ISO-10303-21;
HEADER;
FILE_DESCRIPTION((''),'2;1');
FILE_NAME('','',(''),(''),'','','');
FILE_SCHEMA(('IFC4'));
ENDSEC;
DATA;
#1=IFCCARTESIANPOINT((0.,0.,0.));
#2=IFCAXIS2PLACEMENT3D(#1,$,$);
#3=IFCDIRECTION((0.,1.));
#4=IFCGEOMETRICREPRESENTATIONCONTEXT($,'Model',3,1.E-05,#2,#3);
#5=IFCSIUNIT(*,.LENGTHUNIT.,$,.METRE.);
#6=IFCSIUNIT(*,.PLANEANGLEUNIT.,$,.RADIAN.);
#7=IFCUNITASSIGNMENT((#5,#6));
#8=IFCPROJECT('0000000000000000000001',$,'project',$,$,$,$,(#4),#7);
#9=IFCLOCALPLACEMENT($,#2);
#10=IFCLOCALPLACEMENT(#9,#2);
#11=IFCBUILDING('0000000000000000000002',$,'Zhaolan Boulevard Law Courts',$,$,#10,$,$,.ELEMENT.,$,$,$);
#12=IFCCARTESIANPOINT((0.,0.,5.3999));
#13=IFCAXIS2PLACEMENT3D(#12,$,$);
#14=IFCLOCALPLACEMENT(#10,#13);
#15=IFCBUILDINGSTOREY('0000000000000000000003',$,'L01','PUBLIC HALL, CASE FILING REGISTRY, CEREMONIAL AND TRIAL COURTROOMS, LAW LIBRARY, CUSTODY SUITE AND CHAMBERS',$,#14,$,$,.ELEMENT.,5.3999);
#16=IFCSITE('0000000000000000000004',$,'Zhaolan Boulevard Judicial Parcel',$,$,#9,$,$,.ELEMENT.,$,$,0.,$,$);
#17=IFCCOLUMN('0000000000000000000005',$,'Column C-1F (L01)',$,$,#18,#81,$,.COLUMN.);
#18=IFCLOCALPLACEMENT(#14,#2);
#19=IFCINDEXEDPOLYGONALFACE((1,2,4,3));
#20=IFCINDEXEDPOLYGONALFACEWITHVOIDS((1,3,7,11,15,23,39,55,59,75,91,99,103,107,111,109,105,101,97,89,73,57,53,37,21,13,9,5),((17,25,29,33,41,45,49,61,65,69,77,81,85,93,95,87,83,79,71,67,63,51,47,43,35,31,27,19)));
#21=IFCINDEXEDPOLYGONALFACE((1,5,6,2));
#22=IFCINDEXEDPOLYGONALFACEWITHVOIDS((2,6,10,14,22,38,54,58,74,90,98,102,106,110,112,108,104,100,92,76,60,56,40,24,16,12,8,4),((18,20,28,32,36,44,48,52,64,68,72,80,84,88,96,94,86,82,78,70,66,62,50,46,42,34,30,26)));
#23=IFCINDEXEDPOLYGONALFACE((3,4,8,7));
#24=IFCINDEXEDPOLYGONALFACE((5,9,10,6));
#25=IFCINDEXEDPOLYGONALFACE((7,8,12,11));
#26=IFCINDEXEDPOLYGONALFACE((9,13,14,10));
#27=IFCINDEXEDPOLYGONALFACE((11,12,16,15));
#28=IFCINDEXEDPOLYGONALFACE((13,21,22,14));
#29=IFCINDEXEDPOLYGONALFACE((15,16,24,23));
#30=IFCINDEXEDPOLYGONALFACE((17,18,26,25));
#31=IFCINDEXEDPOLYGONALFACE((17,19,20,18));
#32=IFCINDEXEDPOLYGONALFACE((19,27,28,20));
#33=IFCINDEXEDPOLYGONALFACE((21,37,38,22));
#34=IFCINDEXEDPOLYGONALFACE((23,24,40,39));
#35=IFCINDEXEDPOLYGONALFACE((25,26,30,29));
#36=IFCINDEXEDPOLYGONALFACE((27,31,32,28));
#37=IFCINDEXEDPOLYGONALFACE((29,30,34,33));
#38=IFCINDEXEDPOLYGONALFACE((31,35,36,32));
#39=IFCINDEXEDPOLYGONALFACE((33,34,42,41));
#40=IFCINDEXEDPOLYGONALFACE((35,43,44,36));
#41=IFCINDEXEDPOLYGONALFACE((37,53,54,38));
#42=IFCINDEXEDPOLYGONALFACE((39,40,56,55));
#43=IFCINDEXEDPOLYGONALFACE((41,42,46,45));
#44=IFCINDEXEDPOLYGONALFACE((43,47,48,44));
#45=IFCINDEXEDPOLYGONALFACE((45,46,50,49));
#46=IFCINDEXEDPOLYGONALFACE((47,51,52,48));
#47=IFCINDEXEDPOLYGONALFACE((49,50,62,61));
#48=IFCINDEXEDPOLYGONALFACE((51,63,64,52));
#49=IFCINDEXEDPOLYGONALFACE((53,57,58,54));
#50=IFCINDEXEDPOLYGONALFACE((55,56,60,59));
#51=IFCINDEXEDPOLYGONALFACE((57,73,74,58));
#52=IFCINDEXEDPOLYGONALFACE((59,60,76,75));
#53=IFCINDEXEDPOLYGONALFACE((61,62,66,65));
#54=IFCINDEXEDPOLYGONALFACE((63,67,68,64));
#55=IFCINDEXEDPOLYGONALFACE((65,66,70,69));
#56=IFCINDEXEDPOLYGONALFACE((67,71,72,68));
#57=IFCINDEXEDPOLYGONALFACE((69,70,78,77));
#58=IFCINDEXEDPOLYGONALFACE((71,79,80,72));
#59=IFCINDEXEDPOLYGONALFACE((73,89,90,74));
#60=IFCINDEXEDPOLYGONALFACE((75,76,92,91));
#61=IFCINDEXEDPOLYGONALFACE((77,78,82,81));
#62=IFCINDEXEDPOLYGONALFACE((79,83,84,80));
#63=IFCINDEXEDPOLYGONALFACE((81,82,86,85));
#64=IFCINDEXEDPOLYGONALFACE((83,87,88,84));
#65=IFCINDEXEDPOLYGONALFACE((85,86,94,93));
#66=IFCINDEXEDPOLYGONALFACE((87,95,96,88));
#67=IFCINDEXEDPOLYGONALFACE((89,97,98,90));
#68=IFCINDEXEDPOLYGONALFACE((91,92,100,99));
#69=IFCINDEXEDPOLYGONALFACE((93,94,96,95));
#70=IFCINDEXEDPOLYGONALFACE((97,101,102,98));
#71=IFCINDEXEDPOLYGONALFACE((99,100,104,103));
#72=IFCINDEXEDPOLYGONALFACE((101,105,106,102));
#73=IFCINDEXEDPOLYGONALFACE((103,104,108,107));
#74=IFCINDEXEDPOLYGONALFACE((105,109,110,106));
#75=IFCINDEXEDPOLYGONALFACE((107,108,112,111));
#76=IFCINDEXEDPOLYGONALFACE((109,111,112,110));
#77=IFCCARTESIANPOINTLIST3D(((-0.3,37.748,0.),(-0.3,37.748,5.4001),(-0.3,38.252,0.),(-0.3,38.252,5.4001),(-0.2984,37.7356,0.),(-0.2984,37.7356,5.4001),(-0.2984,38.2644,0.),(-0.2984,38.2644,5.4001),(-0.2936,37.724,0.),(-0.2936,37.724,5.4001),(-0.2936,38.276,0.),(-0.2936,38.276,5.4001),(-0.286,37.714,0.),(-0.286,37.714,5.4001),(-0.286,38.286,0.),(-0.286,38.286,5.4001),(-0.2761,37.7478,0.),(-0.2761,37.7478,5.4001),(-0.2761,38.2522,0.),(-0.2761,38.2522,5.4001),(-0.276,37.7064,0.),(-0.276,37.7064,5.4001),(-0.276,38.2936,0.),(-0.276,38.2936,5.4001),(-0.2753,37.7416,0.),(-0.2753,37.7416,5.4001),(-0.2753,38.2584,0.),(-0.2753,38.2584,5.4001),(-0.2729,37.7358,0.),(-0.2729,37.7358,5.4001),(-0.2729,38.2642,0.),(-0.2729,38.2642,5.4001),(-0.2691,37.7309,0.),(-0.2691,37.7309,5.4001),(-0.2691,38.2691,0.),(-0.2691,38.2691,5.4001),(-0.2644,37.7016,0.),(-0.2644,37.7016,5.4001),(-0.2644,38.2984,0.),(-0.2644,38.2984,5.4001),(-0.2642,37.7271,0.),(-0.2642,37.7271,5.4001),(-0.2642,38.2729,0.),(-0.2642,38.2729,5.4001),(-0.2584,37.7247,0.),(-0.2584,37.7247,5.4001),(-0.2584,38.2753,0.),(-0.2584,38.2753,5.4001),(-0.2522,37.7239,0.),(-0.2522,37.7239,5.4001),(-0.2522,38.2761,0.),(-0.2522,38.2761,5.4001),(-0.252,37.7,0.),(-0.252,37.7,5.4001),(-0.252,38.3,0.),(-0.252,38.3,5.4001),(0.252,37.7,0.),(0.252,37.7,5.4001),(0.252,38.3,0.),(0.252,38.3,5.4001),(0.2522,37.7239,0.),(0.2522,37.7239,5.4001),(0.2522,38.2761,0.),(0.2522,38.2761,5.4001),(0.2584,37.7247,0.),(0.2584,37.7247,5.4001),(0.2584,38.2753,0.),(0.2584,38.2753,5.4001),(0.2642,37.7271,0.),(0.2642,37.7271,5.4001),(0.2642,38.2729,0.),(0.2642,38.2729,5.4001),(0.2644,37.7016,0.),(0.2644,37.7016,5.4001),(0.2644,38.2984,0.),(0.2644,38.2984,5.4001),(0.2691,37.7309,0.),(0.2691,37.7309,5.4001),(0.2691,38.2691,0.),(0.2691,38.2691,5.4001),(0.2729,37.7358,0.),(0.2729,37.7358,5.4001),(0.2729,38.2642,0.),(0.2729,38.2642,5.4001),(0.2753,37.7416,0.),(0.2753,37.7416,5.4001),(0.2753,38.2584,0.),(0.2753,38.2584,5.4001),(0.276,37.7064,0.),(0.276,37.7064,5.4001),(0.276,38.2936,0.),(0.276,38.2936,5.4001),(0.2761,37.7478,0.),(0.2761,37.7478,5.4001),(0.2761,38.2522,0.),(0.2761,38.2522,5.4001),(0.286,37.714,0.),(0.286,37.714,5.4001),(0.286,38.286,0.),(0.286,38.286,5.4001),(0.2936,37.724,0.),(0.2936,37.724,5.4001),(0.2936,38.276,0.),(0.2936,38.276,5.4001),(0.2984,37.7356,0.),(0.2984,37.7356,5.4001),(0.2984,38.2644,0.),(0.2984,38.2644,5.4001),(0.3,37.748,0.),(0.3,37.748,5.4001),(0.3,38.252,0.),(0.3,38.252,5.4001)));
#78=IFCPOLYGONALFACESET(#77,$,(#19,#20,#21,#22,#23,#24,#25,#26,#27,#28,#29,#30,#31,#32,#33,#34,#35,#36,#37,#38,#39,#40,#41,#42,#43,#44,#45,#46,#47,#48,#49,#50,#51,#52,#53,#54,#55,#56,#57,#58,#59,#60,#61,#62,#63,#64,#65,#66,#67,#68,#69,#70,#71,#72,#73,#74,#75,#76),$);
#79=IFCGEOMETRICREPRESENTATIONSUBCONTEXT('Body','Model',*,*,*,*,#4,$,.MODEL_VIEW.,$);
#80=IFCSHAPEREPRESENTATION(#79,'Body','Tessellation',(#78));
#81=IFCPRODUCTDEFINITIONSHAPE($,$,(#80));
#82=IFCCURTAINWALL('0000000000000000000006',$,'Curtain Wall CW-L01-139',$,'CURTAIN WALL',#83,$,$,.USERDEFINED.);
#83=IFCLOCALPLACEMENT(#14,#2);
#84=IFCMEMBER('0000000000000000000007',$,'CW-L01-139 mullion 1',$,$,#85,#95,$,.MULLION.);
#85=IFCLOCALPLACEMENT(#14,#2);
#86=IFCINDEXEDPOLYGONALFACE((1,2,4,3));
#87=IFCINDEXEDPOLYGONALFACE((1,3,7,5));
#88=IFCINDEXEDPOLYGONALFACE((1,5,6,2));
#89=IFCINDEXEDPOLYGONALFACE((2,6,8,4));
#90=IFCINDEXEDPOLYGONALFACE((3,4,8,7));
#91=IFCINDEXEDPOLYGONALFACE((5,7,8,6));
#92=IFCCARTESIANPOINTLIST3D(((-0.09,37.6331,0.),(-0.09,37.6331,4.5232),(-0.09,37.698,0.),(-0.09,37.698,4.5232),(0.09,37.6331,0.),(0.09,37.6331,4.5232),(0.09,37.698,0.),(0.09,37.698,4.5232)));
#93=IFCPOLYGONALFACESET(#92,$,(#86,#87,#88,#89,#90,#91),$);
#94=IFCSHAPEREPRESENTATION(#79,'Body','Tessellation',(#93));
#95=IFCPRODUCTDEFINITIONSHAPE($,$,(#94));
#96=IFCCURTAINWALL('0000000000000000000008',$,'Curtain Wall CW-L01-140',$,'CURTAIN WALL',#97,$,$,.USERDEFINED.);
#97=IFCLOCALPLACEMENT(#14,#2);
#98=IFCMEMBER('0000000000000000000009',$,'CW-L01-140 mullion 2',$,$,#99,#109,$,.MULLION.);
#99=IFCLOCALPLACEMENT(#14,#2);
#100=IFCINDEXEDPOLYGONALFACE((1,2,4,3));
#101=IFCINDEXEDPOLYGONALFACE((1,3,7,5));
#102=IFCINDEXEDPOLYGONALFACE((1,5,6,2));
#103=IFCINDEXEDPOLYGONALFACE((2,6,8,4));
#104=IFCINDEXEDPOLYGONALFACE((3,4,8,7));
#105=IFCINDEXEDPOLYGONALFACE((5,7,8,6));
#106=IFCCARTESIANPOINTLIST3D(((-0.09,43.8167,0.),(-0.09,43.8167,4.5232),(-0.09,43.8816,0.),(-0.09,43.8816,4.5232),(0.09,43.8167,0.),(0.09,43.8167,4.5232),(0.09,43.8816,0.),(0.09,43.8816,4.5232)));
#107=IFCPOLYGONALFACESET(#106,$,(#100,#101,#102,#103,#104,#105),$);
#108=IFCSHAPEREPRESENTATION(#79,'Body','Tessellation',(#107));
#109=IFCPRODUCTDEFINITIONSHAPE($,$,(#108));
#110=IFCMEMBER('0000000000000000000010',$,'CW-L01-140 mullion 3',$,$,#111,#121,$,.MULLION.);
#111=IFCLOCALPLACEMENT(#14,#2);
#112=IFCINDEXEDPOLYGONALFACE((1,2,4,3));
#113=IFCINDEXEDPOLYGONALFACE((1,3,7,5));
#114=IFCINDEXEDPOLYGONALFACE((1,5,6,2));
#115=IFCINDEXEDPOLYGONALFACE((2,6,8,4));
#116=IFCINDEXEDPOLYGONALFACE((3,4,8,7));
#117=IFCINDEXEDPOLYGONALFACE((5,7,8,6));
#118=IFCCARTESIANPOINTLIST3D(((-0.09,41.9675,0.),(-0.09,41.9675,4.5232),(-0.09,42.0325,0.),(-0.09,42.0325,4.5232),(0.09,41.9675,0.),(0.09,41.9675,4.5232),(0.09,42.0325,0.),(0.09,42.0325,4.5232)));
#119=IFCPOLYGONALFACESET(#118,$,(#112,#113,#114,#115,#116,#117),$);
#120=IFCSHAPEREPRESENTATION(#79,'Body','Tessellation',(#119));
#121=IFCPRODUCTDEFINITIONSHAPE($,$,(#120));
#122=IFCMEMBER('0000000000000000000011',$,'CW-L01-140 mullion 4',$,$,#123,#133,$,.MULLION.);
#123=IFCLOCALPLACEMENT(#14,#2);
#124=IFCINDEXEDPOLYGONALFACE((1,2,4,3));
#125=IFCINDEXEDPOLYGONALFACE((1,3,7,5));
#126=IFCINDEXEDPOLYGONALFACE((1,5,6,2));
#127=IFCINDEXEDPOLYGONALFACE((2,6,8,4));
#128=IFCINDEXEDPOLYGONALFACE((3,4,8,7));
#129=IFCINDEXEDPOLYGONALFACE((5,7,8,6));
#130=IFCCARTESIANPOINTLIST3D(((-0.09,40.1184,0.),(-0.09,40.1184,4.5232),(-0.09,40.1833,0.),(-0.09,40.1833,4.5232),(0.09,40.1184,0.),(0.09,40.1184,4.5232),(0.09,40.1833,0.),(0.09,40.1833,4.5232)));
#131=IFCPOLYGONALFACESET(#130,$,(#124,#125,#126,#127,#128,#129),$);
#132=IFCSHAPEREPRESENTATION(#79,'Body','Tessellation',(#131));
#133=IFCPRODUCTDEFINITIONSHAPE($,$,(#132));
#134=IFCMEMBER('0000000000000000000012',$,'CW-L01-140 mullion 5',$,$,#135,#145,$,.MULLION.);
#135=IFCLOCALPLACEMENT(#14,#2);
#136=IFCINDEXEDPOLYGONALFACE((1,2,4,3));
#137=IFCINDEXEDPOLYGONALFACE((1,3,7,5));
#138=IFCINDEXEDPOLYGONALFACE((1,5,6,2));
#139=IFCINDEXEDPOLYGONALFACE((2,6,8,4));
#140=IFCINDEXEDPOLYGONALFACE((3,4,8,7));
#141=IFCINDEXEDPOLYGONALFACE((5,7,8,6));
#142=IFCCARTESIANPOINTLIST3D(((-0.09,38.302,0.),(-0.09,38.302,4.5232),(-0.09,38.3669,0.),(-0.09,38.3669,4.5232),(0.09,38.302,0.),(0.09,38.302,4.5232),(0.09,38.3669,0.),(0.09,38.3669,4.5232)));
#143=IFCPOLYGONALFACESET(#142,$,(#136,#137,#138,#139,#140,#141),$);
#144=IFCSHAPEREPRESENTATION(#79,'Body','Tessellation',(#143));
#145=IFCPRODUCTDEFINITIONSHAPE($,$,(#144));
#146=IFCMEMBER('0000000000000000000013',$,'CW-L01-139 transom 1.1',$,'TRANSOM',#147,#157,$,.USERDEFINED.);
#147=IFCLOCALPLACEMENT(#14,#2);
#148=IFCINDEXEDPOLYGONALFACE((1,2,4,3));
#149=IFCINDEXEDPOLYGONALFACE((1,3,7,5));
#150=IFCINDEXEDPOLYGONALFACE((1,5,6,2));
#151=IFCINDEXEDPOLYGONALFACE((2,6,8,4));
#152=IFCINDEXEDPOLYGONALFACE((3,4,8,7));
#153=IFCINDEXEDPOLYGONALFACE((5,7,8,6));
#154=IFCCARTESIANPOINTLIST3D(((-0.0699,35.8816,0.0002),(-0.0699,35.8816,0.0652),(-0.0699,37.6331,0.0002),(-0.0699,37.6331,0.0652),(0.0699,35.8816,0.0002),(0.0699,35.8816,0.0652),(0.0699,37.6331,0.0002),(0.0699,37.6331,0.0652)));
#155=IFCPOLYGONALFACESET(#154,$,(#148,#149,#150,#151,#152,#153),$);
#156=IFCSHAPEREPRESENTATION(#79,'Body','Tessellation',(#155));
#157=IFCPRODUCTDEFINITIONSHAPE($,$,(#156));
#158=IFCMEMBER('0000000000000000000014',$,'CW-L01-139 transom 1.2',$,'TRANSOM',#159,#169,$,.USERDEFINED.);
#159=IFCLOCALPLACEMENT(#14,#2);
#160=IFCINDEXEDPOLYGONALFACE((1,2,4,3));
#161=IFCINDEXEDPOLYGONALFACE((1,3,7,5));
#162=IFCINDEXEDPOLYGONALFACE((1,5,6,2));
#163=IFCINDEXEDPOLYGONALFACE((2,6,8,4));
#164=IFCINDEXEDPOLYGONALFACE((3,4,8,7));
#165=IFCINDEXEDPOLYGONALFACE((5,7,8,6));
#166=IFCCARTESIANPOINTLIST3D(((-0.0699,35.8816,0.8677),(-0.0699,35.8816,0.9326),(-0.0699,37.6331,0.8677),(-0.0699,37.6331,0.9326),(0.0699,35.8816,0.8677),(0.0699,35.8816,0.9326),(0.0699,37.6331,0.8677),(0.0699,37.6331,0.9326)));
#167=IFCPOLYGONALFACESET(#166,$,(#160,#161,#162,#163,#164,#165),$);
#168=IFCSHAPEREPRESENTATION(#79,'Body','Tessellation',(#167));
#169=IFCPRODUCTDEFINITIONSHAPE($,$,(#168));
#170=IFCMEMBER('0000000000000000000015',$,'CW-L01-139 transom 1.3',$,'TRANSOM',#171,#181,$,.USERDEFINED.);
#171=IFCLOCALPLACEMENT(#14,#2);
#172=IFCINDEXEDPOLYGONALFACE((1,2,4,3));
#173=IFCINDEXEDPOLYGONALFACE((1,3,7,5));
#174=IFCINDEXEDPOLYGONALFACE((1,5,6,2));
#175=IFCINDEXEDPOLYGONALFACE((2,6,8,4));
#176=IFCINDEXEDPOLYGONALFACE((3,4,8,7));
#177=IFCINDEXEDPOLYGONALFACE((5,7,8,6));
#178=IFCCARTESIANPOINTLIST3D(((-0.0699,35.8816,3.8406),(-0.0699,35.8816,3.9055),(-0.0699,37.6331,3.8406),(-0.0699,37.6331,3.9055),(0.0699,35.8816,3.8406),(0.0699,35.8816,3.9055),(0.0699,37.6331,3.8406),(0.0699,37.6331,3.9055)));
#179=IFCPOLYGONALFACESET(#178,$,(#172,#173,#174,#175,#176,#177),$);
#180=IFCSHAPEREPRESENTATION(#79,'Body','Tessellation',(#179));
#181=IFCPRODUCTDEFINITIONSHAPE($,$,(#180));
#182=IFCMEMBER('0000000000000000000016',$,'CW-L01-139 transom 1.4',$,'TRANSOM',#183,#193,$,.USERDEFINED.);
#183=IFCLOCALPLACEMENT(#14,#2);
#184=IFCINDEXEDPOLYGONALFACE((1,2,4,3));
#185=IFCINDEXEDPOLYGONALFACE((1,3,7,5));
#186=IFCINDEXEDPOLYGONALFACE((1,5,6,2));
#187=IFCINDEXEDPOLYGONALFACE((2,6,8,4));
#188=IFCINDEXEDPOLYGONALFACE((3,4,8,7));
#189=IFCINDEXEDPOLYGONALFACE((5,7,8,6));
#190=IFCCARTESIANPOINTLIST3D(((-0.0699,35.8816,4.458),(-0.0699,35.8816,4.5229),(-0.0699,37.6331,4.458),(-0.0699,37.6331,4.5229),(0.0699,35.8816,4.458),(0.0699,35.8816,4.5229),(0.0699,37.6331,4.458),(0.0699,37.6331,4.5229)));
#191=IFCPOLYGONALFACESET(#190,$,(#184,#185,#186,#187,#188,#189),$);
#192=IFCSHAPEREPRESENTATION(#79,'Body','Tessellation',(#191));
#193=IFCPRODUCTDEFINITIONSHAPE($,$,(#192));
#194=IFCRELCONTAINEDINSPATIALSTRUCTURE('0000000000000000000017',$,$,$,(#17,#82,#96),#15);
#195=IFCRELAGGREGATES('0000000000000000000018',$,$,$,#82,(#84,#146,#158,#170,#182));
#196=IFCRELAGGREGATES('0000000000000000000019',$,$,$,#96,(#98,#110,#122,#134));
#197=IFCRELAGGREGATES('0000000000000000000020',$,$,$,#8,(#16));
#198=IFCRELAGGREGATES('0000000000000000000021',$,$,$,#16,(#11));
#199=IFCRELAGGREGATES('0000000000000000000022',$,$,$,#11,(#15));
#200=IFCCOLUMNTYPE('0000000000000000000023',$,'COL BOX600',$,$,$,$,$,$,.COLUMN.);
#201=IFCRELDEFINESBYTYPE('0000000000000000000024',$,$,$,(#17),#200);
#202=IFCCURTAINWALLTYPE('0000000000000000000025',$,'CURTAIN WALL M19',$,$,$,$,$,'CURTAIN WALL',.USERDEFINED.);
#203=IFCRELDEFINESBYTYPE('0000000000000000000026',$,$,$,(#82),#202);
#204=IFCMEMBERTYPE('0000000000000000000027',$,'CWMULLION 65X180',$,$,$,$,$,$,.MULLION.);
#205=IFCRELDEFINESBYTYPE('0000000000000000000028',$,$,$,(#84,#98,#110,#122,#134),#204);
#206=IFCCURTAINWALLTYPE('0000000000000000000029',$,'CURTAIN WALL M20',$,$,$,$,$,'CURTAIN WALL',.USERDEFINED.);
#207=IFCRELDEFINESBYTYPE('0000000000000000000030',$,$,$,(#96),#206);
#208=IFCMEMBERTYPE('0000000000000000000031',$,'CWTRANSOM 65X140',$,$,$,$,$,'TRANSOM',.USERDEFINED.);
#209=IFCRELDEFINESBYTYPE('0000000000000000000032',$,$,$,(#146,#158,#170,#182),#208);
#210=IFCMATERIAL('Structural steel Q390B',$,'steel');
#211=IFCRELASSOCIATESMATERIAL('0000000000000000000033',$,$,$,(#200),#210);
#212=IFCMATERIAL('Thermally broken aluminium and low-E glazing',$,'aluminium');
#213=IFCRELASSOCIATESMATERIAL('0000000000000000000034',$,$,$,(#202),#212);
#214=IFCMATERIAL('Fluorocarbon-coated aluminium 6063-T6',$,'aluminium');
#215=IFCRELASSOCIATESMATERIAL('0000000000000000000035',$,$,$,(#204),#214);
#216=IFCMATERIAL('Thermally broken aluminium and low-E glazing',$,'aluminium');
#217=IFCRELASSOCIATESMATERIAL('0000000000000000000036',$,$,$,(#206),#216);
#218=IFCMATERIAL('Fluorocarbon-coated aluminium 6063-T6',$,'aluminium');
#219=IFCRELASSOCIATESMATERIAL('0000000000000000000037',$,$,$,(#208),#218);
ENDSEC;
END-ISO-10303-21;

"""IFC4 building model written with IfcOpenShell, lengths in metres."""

from ifc_helpers import new_model, si_unit, direction, frame, origin, origin_2d, place, context, subcontext, project, spatial, rectangle, hollow_rectangle, extrude, material, material_profile, profile_set, type_object, element, aggregate, save


model = new_model("IFC4")

# Units and contexts
model_context = context("Model", 3, precision=1e-05, world=origin(), true_north=direction((0.0, 1.0)))
body_context = subcontext(model_context, "Body", "Model", "MODEL_VIEW")
ifc_project = project(units=[si_unit("LENGTHUNIT", "METRE"), si_unit("PLANEANGLEUNIT", "RADIAN")], contexts=[model_context])

# Site, building, storey
site_placement = place(None, origin())
site = spatial("IfcSite", under=ifc_project, at=site_placement, Name="Zhaolan Boulevard Judicial Parcel", CompositionType="ELEMENT", RefElevation=0.0)
building_placement = place(site_placement, origin())
building = spatial("IfcBuilding", under=site, at=building_placement, Name="Zhaolan Boulevard Law Courts", CompositionType="ELEMENT")
storey_placement = place(building_placement, frame((0.0, 0.0, 5.3999)))
storey = spatial("IfcBuildingStorey", under=building, at=storey_placement, Name="L01", Description="PUBLIC HALL, CASE FILING REGISTRY, CEREMONIAL AND TRIAL COURTROOMS, LAW LIBRARY, CUSTODY SUITE AND CHAMBERS", CompositionType="ELEMENT", Elevation=5.3999)

# Column
ifc_material_1 = material(Name="Structural steel Q390B", Category="steel")
ifc_material_profile_1 = material_profile(ifc_material_1, hollow_rectangle(XDim=0.6001, YDim=0.6001, WallThickness=0.0239, InnerFilletRadius=0.0239, OuterFilletRadius=0.0481, at=origin_2d()), Name="BOX600x600x24")
ifc_profile_set_1 = profile_set([ifc_material_profile_1], Name="Structural steel Q390B")
column_type = type_object("IfcColumnType", Name="COL BOX600", PredefinedType="COLUMN", material=ifc_profile_set_1)
column_placement = place(storey_placement, frame((0.0, 38.0, 0.0), z_axis=(0.0, 0.0, 1.0), x_axis=(1.0, 0.0, 0.0)))
element("IfcColumn", 1, at=column_placement, inside=storey, type_object=column_type, Name="Column C-1F (L01)", PredefinedType="COLUMN", context=body_context, shape_type="SweptSolid", body=[
    extrude(hollow_rectangle(XDim=0.6001, YDim=0.6001, WallThickness=0.0239, InnerFilletRadius=0.0239, OuterFilletRadius=0.0481, at=origin_2d()), origin(), (0.0, 0.0, 1.0), 5.4001),
])

# Curtain wall, member
ifc_material_2 = material(Name="Thermally broken aluminium and low-E glazing", Category="aluminium")
curtain_wall_type_1 = type_object("IfcCurtainWallType", Name="CURTAIN WALL M19", ElementType="CURTAIN WALL", PredefinedType="USERDEFINED", material=ifc_material_2)
curtain_wall_1_placement = place(storey_placement, origin())
curtain_wall_1 = element("IfcCurtainWall", 2, at=curtain_wall_1_placement, inside=storey, type_object=curtain_wall_type_1, Name="Curtain Wall CW-L01-139", ObjectType="CURTAIN WALL", PredefinedType="USERDEFINED")
ifc_material_3 = material(Name="Fluorocarbon-coated aluminium 6063-T6", Category="aluminium")
ifc_material_profile_2 = material_profile(ifc_material_3, rectangle(XDim=0.1799, YDim=0.0649, at=origin_2d()), Name="AL65x180")
ifc_profile_set_2 = profile_set([ifc_material_profile_2], Name="Fluorocarbon-coated aluminium 6063-T6")
member_type_1 = type_object("IfcMemberType", Name="CWMULLION 65X180", PredefinedType="MULLION", material=ifc_profile_set_2)
member_1_placement = place(storey_placement, frame((0.0, 37.6655, 0.0), z_axis=(0.0, 0.0, 1.0), x_axis=(1.0, 0.0, 0.0)))
member_1 = element("IfcMember", 3, at=member_1_placement, type_object=member_type_1, Name="CW-L01-139 mullion 1", PredefinedType="MULLION", context=body_context, shape_type="SweptSolid", body=[
    extrude(rectangle(XDim=0.1799, YDim=0.0649, at=origin_2d()), origin(), (0.0, 0.0, 1.0), 4.5232),
])

# Curtain wall, members
ifc_material_4 = material(Name="Thermally broken aluminium and low-E glazing", Category="aluminium")
curtain_wall_type_2 = type_object("IfcCurtainWallType", Name="CURTAIN WALL M20", ElementType="CURTAIN WALL", PredefinedType="USERDEFINED", material=ifc_material_4)
curtain_wall_2_placement = place(storey_placement, origin())
curtain_wall_2 = element("IfcCurtainWall", 4, at=curtain_wall_2_placement, inside=storey, type_object=curtain_wall_type_2, Name="Curtain Wall CW-L01-140", ObjectType="CURTAIN WALL", PredefinedType="USERDEFINED")
member_2_placement = place(storey_placement, frame((0.0, 43.8491, 0.0), z_axis=(0.0, 0.0, 1.0), x_axis=(1.0, 0.0, 0.0)))
member_2 = element("IfcMember", 5, at=member_2_placement, type_object=member_type_1, Name="CW-L01-140 mullion 2", PredefinedType="MULLION", context=body_context, shape_type="SweptSolid", body=[
    extrude(rectangle(XDim=0.1799, YDim=0.0649, at=origin_2d()), origin(), (0.0, 0.0, 1.0), 4.5232),
])
member_3_placement = place(storey_placement, frame((0.0, 42.0, 0.0), z_axis=(0.0, 0.0, 1.0), x_axis=(1.0, 0.0, 0.0)))
member_3 = element("IfcMember", 6, at=member_3_placement, type_object=member_type_1, Name="CW-L01-140 mullion 3", PredefinedType="MULLION", context=body_context, shape_type="SweptSolid", body=[
    extrude(rectangle(XDim=0.1799, YDim=0.0649, at=origin_2d()), origin(), (0.0, 0.0, 1.0), 4.5232),
])
member_4_placement = place(storey_placement, frame((0.0, 40.1509, 0.0), z_axis=(0.0, 0.0, 1.0), x_axis=(1.0, 0.0, 0.0)))
member_4 = element("IfcMember", 7, at=member_4_placement, type_object=member_type_1, Name="CW-L01-140 mullion 4", PredefinedType="MULLION", context=body_context, shape_type="SweptSolid", body=[
    extrude(rectangle(XDim=0.1799, YDim=0.0649, at=origin_2d()), origin(), (0.0, 0.0, 1.0), 4.5232),
])
member_5_placement = place(storey_placement, frame((0.0, 38.3345, 0.0), z_axis=(0.0, 0.0, 1.0), x_axis=(1.0, 0.0, 0.0)))
member_5 = element("IfcMember", 8, at=member_5_placement, type_object=member_type_1, Name="CW-L01-140 mullion 5", PredefinedType="MULLION", context=body_context, shape_type="SweptSolid", body=[
    extrude(rectangle(XDim=0.1799, YDim=0.0649, at=origin_2d()), origin(), (0.0, 0.0, 1.0), 4.5232),
])

# Members
ifc_material_5 = material(Name="Fluorocarbon-coated aluminium 6063-T6", Category="aluminium")
ifc_material_profile_3 = material_profile(ifc_material_5, rectangle(XDim=0.1399, YDim=0.0649, at=origin_2d()), Name="AL65x140")
ifc_profile_set_3 = profile_set([ifc_material_profile_3], Name="Fluorocarbon-coated aluminium 6063-T6")
member_type_2 = type_object("IfcMemberType", Name="CWTRANSOM 65X140", ElementType="TRANSOM", PredefinedType="USERDEFINED", material=ifc_profile_set_3)
member_6_placement = place(storey_placement, frame((0.0, 37.6331, 0.0327), z_axis=(0.0, -1.0, 0.0), x_axis=(1.0, 0.0, 0.0)))
member_6 = element("IfcMember", 9, at=member_6_placement, type_object=member_type_2, Name="CW-L01-139 transom 1.1", ObjectType="TRANSOM", PredefinedType="USERDEFINED", context=body_context, shape_type="SweptSolid", body=[
    extrude(rectangle(XDim=0.1399, YDim=0.0649, at=origin_2d()), origin(), (0.0, 0.0, 1.0), 1.7515),
])
member_7_placement = place(storey_placement, frame((0.0, 37.6331, 0.9001), z_axis=(0.0, -1.0, 0.0), x_axis=(1.0, 0.0, 0.0)))
member_7 = element("IfcMember", 10, at=member_7_placement, type_object=member_type_2, Name="CW-L01-139 transom 1.2", ObjectType="TRANSOM", PredefinedType="USERDEFINED", context=body_context, shape_type="SweptSolid", body=[
    extrude(rectangle(XDim=0.1399, YDim=0.0649, at=origin_2d()), origin(), (0.0, 0.0, 1.0), 1.7515),
])
member_8_placement = place(storey_placement, frame((0.0, 37.6331, 3.873), z_axis=(0.0, -1.0, 0.0), x_axis=(1.0, 0.0, 0.0)))
member_8 = element("IfcMember", 11, at=member_8_placement, type_object=member_type_2, Name="CW-L01-139 transom 1.3", ObjectType="TRANSOM", PredefinedType="USERDEFINED", context=body_context, shape_type="SweptSolid", body=[
    extrude(rectangle(XDim=0.1399, YDim=0.0649, at=origin_2d()), origin(), (0.0, 0.0, 1.0), 1.7515),
])
member_9_placement = place(storey_placement, frame((0.0, 37.6331, 4.4905), z_axis=(0.0, -1.0, 0.0), x_axis=(1.0, 0.0, 0.0)))
member_9 = element("IfcMember", 12, at=member_9_placement, type_object=member_type_2, Name="CW-L01-139 transom 1.4", ObjectType="TRANSOM", PredefinedType="USERDEFINED", context=body_context, shape_type="SweptSolid", body=[
    extrude(rectangle(XDim=0.1399, YDim=0.0649, at=origin_2d()), origin(), (0.0, 0.0, 1.0), 1.7515),
])
aggregate(curtain_wall_1, [member_1, member_6, member_7, member_8, member_9])

aggregate(curtain_wall_2, [member_2, member_3, member_4, member_5])

save(model, "model.ifc")
